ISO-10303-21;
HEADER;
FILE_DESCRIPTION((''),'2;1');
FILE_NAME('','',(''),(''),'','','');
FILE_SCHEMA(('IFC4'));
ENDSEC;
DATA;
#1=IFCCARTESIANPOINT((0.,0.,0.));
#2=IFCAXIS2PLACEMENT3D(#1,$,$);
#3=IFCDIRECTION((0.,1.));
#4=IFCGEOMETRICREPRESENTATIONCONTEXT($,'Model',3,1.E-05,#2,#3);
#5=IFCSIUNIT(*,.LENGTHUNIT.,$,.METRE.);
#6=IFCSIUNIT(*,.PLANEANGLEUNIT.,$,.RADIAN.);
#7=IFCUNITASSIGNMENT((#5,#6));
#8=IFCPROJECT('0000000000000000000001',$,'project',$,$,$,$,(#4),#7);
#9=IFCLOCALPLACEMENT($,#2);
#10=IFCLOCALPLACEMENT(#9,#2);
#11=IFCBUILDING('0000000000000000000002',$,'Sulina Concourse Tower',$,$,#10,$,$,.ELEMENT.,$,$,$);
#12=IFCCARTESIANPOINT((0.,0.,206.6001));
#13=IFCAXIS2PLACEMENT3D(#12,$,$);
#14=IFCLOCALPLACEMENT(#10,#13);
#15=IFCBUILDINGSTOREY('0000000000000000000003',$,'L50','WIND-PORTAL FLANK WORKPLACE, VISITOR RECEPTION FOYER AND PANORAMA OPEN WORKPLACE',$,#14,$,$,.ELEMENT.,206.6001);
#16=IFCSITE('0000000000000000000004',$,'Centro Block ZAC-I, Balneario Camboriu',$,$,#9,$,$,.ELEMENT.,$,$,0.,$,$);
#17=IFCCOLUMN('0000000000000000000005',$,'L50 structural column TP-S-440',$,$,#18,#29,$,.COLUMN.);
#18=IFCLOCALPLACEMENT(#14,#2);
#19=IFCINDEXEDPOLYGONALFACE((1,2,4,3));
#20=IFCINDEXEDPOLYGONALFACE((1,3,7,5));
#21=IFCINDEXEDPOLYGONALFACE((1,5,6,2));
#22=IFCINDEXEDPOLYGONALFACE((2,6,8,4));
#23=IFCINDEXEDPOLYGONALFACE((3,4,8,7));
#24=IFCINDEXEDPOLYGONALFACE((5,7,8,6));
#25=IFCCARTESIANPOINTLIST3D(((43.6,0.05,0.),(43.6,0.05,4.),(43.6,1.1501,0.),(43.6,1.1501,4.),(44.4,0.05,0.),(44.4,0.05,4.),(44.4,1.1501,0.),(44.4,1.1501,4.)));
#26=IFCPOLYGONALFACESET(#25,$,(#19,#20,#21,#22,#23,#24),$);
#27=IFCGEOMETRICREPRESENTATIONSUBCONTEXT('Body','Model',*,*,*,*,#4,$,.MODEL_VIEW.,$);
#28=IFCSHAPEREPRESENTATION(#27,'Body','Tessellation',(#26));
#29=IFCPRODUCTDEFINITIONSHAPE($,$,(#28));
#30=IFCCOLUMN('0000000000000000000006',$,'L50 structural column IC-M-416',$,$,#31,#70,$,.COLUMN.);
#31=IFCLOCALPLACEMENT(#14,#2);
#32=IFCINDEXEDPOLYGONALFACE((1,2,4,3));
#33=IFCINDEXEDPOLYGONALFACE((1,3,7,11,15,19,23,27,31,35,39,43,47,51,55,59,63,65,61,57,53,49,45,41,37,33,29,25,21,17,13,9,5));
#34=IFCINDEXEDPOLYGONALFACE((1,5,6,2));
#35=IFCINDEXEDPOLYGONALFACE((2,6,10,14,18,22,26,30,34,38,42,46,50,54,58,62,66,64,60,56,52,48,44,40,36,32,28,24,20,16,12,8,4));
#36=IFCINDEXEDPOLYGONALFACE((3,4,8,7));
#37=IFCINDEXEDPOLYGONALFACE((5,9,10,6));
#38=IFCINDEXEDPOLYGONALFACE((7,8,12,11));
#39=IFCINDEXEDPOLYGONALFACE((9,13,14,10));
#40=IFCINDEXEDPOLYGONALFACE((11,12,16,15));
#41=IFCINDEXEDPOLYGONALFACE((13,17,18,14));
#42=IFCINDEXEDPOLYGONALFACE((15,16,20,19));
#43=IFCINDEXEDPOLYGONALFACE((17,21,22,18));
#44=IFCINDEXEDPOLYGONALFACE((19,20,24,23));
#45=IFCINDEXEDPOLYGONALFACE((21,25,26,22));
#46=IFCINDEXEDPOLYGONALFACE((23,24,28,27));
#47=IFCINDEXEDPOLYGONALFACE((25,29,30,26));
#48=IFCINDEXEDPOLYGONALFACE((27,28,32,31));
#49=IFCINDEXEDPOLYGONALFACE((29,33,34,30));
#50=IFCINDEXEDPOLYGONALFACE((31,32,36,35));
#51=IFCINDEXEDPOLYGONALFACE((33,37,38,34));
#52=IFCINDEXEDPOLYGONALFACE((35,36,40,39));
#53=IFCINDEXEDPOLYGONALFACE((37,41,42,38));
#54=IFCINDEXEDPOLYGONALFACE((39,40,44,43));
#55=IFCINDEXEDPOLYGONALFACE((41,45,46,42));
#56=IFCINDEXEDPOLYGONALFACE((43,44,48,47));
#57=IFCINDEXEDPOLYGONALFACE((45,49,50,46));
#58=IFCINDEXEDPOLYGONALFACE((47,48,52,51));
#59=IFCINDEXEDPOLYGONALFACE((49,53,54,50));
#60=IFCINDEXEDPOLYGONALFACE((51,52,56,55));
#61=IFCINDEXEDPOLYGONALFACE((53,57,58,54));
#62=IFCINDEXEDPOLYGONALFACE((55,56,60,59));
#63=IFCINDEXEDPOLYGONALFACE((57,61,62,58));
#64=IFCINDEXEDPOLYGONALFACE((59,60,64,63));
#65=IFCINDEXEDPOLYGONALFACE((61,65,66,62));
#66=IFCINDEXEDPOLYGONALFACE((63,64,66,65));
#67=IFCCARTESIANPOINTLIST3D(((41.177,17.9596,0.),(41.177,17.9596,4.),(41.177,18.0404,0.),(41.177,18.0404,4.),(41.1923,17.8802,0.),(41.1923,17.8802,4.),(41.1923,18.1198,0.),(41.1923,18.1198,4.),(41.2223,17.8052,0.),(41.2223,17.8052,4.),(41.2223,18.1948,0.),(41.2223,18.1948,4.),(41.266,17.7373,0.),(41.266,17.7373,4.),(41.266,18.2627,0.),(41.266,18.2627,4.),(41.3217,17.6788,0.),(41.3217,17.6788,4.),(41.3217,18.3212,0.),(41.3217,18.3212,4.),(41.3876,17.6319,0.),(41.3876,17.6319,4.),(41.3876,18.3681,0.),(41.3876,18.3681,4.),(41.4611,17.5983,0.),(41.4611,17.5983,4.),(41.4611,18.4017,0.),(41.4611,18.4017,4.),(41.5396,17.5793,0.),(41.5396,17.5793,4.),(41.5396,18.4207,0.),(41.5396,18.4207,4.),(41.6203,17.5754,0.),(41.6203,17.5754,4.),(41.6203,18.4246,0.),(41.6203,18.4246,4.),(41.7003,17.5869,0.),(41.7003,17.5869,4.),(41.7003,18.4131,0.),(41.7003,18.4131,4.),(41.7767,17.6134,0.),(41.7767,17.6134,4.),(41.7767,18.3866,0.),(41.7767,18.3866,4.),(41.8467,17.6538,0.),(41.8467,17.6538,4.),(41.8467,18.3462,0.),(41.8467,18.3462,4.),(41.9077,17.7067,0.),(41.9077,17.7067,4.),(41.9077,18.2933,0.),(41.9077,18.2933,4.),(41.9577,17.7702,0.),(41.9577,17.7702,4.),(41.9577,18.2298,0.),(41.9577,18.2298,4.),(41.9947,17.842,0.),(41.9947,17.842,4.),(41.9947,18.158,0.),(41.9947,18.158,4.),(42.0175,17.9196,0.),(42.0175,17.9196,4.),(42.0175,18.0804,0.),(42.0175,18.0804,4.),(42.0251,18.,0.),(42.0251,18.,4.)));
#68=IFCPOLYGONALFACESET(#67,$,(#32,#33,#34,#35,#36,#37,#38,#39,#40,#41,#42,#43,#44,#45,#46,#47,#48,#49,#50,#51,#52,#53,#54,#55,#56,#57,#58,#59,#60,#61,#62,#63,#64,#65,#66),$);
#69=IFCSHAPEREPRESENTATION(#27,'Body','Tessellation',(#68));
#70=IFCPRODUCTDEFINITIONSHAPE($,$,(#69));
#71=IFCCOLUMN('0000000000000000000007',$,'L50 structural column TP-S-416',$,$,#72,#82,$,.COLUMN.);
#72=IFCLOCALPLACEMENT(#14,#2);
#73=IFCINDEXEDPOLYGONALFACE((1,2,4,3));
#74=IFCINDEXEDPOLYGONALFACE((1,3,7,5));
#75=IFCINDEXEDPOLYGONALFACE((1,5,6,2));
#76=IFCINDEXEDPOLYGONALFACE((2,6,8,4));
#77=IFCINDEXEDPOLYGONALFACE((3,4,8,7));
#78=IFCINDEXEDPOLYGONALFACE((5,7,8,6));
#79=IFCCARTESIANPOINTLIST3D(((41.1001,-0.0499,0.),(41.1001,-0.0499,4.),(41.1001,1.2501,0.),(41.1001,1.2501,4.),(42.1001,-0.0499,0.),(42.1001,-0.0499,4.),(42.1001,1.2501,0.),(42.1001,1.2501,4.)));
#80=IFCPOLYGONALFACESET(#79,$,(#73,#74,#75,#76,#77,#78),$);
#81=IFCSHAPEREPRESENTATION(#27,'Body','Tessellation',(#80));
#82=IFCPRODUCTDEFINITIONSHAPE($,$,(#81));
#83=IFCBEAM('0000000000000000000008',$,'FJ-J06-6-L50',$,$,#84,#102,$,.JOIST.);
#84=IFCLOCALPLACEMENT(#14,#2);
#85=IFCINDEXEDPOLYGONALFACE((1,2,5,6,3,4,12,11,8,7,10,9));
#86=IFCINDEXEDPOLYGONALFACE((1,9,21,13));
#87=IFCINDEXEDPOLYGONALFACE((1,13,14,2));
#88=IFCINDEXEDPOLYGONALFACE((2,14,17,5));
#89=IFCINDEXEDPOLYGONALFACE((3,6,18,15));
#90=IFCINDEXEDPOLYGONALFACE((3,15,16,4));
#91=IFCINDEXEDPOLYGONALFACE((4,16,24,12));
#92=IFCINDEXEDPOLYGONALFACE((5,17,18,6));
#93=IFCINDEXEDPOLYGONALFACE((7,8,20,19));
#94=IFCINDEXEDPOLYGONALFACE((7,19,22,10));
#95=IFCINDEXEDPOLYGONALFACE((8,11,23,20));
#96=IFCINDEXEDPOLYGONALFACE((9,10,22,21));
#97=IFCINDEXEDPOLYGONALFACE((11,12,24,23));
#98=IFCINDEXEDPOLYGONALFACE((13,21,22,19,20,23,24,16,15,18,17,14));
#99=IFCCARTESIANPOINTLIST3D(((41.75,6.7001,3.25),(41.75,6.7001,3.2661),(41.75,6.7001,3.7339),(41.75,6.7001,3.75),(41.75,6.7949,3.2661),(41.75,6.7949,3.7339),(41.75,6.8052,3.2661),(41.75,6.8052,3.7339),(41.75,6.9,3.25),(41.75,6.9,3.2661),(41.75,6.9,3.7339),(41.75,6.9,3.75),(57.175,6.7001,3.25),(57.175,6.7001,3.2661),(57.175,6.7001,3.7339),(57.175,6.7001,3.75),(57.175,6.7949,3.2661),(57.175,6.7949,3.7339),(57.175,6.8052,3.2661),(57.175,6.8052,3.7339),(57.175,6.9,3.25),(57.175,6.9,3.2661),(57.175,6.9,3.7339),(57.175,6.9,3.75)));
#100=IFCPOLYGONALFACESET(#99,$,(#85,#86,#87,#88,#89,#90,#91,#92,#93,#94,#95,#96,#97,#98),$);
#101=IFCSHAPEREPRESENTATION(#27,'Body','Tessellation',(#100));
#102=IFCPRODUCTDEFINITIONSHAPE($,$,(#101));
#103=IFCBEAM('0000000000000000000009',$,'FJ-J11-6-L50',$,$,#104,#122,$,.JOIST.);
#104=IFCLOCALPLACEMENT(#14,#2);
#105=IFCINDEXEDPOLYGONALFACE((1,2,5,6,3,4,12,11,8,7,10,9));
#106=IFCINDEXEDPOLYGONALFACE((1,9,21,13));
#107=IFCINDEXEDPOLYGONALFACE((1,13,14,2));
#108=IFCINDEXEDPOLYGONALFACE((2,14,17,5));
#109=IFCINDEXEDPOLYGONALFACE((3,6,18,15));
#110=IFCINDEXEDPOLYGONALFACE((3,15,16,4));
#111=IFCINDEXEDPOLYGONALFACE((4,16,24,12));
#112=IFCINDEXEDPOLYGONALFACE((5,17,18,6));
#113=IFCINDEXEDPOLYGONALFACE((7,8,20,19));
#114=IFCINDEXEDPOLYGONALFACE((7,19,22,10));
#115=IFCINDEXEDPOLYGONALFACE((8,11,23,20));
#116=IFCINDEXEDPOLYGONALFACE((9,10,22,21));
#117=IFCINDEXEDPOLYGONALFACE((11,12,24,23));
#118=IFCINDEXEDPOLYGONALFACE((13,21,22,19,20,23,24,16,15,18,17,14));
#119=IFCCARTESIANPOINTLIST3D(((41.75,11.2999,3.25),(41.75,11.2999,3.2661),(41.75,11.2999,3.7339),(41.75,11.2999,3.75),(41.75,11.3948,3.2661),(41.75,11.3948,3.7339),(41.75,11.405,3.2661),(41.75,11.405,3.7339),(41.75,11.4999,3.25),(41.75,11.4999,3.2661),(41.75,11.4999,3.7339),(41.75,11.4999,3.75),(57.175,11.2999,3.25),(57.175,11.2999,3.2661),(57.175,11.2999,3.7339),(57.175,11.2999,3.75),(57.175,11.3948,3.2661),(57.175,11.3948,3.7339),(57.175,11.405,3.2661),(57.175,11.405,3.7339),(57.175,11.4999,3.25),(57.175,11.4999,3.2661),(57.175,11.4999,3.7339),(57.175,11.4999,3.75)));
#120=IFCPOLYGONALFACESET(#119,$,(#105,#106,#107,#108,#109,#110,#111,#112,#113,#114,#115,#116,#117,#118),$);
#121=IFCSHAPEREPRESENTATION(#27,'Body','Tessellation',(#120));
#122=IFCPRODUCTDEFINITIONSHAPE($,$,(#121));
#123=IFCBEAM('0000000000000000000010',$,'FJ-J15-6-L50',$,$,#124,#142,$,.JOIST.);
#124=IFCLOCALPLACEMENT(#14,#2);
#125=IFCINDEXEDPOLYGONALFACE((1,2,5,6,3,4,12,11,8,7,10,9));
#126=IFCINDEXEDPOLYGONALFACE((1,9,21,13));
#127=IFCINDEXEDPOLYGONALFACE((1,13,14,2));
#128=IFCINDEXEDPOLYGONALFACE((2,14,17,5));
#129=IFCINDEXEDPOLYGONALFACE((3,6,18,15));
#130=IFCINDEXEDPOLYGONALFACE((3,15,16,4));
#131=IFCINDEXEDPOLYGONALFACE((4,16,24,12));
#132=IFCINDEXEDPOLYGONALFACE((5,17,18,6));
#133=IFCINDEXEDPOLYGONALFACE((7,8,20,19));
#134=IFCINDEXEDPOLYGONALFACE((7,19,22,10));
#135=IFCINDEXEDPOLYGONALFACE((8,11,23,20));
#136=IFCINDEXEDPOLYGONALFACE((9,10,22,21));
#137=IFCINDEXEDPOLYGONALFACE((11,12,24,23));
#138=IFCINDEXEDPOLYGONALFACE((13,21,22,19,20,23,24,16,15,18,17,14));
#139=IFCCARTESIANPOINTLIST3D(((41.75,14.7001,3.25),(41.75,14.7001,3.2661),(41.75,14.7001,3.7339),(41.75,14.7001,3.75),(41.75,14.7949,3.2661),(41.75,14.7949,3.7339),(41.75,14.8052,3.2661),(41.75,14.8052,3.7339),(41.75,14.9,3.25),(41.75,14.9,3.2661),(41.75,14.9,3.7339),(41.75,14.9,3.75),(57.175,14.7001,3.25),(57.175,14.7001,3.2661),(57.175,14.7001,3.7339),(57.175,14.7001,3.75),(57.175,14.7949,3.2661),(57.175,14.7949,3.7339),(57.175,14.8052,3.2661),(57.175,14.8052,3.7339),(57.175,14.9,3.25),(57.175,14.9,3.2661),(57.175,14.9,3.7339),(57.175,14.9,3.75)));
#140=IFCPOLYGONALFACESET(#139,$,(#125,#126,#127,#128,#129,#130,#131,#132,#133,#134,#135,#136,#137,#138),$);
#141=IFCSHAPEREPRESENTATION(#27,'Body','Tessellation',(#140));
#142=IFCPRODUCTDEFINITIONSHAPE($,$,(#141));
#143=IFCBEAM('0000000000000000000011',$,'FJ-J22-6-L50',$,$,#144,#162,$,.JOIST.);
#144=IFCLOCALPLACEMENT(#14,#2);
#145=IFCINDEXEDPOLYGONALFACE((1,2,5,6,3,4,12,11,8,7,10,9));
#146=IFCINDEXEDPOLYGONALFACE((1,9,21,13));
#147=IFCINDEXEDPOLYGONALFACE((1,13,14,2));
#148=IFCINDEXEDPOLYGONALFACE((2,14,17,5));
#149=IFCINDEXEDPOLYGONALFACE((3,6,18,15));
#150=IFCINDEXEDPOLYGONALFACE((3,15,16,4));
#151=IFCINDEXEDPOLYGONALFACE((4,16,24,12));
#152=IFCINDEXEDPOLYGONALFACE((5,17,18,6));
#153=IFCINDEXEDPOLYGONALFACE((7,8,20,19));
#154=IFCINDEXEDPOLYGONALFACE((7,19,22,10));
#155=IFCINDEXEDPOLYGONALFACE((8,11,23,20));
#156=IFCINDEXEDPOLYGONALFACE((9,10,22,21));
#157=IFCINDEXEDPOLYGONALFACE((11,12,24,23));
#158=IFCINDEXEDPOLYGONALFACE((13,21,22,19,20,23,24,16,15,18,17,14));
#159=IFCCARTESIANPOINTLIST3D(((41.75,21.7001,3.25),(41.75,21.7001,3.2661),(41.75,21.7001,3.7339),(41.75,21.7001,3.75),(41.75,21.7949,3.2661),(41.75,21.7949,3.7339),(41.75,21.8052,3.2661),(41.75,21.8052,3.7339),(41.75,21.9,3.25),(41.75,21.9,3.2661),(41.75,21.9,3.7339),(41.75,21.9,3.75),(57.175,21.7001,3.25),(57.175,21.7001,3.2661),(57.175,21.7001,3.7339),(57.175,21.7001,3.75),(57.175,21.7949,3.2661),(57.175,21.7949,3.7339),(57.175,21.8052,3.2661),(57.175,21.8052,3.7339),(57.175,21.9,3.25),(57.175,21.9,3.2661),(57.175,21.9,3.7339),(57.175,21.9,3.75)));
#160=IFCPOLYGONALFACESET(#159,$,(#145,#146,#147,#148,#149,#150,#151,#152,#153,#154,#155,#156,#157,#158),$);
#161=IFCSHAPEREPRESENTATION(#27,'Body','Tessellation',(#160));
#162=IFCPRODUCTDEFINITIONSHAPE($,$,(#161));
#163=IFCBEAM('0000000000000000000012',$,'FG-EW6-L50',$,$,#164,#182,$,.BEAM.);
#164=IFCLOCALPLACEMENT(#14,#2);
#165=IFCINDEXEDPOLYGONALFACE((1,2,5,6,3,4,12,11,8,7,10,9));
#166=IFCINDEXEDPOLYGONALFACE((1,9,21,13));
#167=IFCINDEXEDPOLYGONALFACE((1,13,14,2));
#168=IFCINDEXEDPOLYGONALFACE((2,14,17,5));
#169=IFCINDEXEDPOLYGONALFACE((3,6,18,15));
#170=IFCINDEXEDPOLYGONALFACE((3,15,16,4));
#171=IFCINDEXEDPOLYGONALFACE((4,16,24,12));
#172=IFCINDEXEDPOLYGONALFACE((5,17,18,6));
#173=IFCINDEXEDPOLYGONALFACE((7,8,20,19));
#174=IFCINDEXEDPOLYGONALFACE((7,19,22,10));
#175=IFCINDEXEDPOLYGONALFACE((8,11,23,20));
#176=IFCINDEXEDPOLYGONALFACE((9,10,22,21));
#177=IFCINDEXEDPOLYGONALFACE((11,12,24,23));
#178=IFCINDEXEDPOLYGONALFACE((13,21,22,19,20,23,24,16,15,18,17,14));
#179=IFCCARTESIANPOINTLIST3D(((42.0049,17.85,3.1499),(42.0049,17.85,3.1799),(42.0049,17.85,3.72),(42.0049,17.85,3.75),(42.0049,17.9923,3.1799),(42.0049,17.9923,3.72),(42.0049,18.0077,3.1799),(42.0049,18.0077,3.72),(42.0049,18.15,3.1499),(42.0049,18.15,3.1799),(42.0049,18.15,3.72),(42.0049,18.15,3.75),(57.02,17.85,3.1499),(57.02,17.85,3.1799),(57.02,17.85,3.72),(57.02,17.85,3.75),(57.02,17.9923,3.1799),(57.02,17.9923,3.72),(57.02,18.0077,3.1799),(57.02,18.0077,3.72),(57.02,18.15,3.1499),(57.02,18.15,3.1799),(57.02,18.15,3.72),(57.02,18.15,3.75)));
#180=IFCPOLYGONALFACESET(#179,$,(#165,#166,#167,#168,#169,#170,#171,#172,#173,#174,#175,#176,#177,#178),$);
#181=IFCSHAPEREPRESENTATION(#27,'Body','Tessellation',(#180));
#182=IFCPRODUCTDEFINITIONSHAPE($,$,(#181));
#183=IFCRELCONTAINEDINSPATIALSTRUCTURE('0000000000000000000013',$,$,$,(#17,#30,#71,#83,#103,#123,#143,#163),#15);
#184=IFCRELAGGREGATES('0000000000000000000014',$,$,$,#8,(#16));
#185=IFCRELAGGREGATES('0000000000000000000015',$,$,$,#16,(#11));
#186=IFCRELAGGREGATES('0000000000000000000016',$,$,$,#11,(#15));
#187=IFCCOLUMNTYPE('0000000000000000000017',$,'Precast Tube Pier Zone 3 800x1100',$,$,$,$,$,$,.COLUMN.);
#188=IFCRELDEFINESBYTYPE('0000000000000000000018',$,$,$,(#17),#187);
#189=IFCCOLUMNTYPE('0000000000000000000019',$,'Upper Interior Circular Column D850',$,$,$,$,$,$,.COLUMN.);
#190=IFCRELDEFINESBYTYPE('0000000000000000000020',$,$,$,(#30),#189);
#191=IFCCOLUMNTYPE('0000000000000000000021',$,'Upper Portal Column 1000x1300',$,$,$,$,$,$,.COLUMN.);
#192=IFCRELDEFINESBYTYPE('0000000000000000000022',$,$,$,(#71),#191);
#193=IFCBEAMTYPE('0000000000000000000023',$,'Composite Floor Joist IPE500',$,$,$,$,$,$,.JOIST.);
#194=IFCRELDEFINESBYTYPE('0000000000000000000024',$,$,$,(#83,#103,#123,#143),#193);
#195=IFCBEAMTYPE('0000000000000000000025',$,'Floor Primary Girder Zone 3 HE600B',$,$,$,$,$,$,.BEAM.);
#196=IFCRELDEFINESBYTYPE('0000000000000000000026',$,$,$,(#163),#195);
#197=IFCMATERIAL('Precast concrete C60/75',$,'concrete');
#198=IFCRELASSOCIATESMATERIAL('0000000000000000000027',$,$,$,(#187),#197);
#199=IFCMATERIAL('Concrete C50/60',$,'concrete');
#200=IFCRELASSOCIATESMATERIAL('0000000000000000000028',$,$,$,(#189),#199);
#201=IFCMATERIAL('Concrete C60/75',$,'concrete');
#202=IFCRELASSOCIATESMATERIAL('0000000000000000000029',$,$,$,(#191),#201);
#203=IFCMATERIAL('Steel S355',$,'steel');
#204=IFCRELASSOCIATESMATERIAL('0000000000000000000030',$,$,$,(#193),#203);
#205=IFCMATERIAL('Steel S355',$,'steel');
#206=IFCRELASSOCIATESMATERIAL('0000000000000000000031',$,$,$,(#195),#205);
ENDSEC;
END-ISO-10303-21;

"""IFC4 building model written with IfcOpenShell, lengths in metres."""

from ifc_helpers import new_model, si_unit, direction, frame, origin, origin_2d, place, context, subcontext, project, spatial, rectangle, circle, i_section, extrude, material, material_profile, profile_set, type_object, element, save


model = new_model("IFC4")

# Units and contexts
model_context = context("Model", 3, precision=1e-05, world=origin(), true_north=direction((0.0, 1.0)))
body_context = subcontext(model_context, "Body", "Model", "MODEL_VIEW")
ifc_project = project(units=[si_unit("LENGTHUNIT", "METRE"), si_unit("PLANEANGLEUNIT", "RADIAN")], contexts=[model_context])

# Site, building, storey
site_placement = place(None, origin())
site = spatial("IfcSite", under=ifc_project, at=site_placement, Name="Centro Block ZAC-I, Balneario Camboriu", CompositionType="ELEMENT", RefElevation=0.0)
building_placement = place(site_placement, origin())
building = spatial("IfcBuilding", under=site, at=building_placement, Name="Sulina Concourse Tower", CompositionType="ELEMENT")
storey_placement = place(building_placement, frame((0.0, 0.0, 206.6001)))
storey = spatial("IfcBuildingStorey", under=building, at=storey_placement, Name="L50", Description="WIND-PORTAL FLANK WORKPLACE, VISITOR RECEPTION FOYER AND PANORAMA OPEN WORKPLACE", CompositionType="ELEMENT", Elevation=206.6001)

# Columns
ifc_material_1 = material(Name="Precast concrete C60/75", Category="concrete")
ifc_material_profile_1 = material_profile(ifc_material_1, rectangle(XDim=0.8, YDim=1.1001, at=origin_2d()), Name="PC 800x1100")
ifc_profile_set_1 = profile_set([ifc_material_profile_1], Name="Precast concrete C60/75")
column_type_1 = type_object("IfcColumnType", Name="Precast Tube Pier Zone 3 800x1100", PredefinedType="COLUMN", material=ifc_profile_set_1)
column_1_placement = place(storey_placement, frame((44.0, 0.6001, 0.0), z_axis=(0.0, 0.0, 1.0), x_axis=(1.0, 0.0, 0.0)))
element("IfcColumn", 1, at=column_1_placement, inside=storey, type_object=column_type_1, Name="L50 structural column TP-S-440", PredefinedType="COLUMN", context=body_context, shape_type="SweptSolid", body=[
    extrude(rectangle(XDim=0.8, YDim=1.1001, at=origin_2d()), origin(), (0.0, 0.0, 1.0), 4.0),
])
ifc_material_2 = material(Name="Concrete C50/60", Category="concrete")
ifc_material_profile_2 = material_profile(ifc_material_2, circle(Radius=0.425, at=origin_2d()), Name="RC D850")
ifc_profile_set_2 = profile_set([ifc_material_profile_2], Name="Concrete C50/60")
column_type_2 = type_object("IfcColumnType", Name="Upper Interior Circular Column D850", PredefinedType="COLUMN", material=ifc_profile_set_2)
column_2_placement = place(storey_placement, frame((41.6001, 18.0, 0.0), z_axis=(0.0, 0.0, 1.0), x_axis=(1.0, 0.0, 0.0)))
element("IfcColumn", 2, at=column_2_placement, inside=storey, type_object=column_type_2, Name="L50 structural column IC-M-416", PredefinedType="COLUMN", context=body_context, shape_type="SweptSolid", body=[
    extrude(circle(Radius=0.425, at=origin_2d()), origin(), (0.0, 0.0, 1.0), 4.0),
])
ifc_material_3 = material(Name="Concrete C60/75", Category="concrete")
ifc_material_profile_3 = material_profile(ifc_material_3, rectangle(XDim=1.0, YDim=1.3, at=origin_2d()), Name="RC 1000x1300")
ifc_profile_set_3 = profile_set([ifc_material_profile_3], Name="Concrete C60/75")
column_type_3 = type_object("IfcColumnType", Name="Upper Portal Column 1000x1300", PredefinedType="COLUMN", material=ifc_profile_set_3)
column_3_placement = place(storey_placement, frame((41.6001, 0.6001, 0.0), z_axis=(0.0, 0.0, 1.0), x_axis=(1.0, 0.0, 0.0)))
element("IfcColumn", 3, at=column_3_placement, inside=storey, type_object=column_type_3, Name="L50 structural column TP-S-416", PredefinedType="COLUMN", context=body_context, shape_type="SweptSolid", body=[
    extrude(rectangle(XDim=1.0, YDim=1.3, at=origin_2d()), origin(), (0.0, 0.0, 1.0), 4.0),
])

# Beams
ifc_material_4 = material(Name="Steel S355", Category="steel")
ifc_material_profile_4 = material_profile(ifc_material_4, i_section(OverallWidth=0.2, OverallDepth=0.5, WebThickness=0.0103, FlangeThickness=0.0161, at=origin_2d()), Name="IPE 500")
ifc_profile_set_4 = profile_set([ifc_material_profile_4], Name="Steel S355")
beam_type_1 = type_object("IfcBeamType", Name="Composite Floor Joist IPE500", PredefinedType="JOIST", material=ifc_profile_set_4)
for number, where, z_axis, x_axis, name in (
    (4, (41.75, 6.8, 3.5), (1.0, 0.0, 0.0), (0.0, 1.0, 0.0), "FJ-J06-6-L50"),
    (5, (41.75, 11.3999, 3.5), (1.0, 0.0, 0.0), (0.0, 1.0, 0.0), "FJ-J11-6-L50"),
    (6, (41.75, 14.8, 3.5), (1.0, 0.0, 0.0), (0.0, 1.0, 0.0), "FJ-J15-6-L50"),
    (7, (41.75, 21.8, 3.5), (1.0, 0.0, 0.0), (0.0, 1.0, 0.0), "FJ-J22-6-L50"),
):
    element("IfcBeam", number, at=place(storey_placement, frame(where, z_axis=z_axis, x_axis=x_axis)), inside=storey, type_object=beam_type_1, Name=name, PredefinedType="JOIST", context=body_context, shape_type="SweptSolid", body=[
        extrude(i_section(OverallWidth=0.2, OverallDepth=0.5, WebThickness=0.0103, FlangeThickness=0.0161, at=origin_2d()), origin(), (0.0, 0.0, 1.0), 15.425),
    ])
ifc_material_5 = material(Name="Steel S355", Category="steel")
ifc_material_profile_5 = material_profile(ifc_material_5, i_section(OverallWidth=0.3, OverallDepth=0.6001, WebThickness=0.0154, FlangeThickness=0.03, at=origin_2d()), Name="HE 600 B")
ifc_profile_set_5 = profile_set([ifc_material_profile_5], Name="Steel S355")
beam_type_2 = type_object("IfcBeamType", Name="Floor Primary Girder Zone 3 HE600B", PredefinedType="BEAM", material=ifc_profile_set_5)
beam_1_placement = place(storey_placement, frame((42.0049, 18.0, 3.45), z_axis=(1.0, 0.0, 0.0), x_axis=(0.0, 1.0, 0.0)))
element("IfcBeam", 8, at=beam_1_placement, inside=storey, type_object=beam_type_2, Name="FG-EW6-L50", PredefinedType="BEAM", context=body_context, shape_type="SweptSolid", body=[
    extrude(i_section(OverallWidth=0.3, OverallDepth=0.6001, WebThickness=0.0154, FlangeThickness=0.03, at=origin_2d()), origin(), (0.0, 0.0, 1.0), 15.0151),
])

save(model, "model.ifc")
